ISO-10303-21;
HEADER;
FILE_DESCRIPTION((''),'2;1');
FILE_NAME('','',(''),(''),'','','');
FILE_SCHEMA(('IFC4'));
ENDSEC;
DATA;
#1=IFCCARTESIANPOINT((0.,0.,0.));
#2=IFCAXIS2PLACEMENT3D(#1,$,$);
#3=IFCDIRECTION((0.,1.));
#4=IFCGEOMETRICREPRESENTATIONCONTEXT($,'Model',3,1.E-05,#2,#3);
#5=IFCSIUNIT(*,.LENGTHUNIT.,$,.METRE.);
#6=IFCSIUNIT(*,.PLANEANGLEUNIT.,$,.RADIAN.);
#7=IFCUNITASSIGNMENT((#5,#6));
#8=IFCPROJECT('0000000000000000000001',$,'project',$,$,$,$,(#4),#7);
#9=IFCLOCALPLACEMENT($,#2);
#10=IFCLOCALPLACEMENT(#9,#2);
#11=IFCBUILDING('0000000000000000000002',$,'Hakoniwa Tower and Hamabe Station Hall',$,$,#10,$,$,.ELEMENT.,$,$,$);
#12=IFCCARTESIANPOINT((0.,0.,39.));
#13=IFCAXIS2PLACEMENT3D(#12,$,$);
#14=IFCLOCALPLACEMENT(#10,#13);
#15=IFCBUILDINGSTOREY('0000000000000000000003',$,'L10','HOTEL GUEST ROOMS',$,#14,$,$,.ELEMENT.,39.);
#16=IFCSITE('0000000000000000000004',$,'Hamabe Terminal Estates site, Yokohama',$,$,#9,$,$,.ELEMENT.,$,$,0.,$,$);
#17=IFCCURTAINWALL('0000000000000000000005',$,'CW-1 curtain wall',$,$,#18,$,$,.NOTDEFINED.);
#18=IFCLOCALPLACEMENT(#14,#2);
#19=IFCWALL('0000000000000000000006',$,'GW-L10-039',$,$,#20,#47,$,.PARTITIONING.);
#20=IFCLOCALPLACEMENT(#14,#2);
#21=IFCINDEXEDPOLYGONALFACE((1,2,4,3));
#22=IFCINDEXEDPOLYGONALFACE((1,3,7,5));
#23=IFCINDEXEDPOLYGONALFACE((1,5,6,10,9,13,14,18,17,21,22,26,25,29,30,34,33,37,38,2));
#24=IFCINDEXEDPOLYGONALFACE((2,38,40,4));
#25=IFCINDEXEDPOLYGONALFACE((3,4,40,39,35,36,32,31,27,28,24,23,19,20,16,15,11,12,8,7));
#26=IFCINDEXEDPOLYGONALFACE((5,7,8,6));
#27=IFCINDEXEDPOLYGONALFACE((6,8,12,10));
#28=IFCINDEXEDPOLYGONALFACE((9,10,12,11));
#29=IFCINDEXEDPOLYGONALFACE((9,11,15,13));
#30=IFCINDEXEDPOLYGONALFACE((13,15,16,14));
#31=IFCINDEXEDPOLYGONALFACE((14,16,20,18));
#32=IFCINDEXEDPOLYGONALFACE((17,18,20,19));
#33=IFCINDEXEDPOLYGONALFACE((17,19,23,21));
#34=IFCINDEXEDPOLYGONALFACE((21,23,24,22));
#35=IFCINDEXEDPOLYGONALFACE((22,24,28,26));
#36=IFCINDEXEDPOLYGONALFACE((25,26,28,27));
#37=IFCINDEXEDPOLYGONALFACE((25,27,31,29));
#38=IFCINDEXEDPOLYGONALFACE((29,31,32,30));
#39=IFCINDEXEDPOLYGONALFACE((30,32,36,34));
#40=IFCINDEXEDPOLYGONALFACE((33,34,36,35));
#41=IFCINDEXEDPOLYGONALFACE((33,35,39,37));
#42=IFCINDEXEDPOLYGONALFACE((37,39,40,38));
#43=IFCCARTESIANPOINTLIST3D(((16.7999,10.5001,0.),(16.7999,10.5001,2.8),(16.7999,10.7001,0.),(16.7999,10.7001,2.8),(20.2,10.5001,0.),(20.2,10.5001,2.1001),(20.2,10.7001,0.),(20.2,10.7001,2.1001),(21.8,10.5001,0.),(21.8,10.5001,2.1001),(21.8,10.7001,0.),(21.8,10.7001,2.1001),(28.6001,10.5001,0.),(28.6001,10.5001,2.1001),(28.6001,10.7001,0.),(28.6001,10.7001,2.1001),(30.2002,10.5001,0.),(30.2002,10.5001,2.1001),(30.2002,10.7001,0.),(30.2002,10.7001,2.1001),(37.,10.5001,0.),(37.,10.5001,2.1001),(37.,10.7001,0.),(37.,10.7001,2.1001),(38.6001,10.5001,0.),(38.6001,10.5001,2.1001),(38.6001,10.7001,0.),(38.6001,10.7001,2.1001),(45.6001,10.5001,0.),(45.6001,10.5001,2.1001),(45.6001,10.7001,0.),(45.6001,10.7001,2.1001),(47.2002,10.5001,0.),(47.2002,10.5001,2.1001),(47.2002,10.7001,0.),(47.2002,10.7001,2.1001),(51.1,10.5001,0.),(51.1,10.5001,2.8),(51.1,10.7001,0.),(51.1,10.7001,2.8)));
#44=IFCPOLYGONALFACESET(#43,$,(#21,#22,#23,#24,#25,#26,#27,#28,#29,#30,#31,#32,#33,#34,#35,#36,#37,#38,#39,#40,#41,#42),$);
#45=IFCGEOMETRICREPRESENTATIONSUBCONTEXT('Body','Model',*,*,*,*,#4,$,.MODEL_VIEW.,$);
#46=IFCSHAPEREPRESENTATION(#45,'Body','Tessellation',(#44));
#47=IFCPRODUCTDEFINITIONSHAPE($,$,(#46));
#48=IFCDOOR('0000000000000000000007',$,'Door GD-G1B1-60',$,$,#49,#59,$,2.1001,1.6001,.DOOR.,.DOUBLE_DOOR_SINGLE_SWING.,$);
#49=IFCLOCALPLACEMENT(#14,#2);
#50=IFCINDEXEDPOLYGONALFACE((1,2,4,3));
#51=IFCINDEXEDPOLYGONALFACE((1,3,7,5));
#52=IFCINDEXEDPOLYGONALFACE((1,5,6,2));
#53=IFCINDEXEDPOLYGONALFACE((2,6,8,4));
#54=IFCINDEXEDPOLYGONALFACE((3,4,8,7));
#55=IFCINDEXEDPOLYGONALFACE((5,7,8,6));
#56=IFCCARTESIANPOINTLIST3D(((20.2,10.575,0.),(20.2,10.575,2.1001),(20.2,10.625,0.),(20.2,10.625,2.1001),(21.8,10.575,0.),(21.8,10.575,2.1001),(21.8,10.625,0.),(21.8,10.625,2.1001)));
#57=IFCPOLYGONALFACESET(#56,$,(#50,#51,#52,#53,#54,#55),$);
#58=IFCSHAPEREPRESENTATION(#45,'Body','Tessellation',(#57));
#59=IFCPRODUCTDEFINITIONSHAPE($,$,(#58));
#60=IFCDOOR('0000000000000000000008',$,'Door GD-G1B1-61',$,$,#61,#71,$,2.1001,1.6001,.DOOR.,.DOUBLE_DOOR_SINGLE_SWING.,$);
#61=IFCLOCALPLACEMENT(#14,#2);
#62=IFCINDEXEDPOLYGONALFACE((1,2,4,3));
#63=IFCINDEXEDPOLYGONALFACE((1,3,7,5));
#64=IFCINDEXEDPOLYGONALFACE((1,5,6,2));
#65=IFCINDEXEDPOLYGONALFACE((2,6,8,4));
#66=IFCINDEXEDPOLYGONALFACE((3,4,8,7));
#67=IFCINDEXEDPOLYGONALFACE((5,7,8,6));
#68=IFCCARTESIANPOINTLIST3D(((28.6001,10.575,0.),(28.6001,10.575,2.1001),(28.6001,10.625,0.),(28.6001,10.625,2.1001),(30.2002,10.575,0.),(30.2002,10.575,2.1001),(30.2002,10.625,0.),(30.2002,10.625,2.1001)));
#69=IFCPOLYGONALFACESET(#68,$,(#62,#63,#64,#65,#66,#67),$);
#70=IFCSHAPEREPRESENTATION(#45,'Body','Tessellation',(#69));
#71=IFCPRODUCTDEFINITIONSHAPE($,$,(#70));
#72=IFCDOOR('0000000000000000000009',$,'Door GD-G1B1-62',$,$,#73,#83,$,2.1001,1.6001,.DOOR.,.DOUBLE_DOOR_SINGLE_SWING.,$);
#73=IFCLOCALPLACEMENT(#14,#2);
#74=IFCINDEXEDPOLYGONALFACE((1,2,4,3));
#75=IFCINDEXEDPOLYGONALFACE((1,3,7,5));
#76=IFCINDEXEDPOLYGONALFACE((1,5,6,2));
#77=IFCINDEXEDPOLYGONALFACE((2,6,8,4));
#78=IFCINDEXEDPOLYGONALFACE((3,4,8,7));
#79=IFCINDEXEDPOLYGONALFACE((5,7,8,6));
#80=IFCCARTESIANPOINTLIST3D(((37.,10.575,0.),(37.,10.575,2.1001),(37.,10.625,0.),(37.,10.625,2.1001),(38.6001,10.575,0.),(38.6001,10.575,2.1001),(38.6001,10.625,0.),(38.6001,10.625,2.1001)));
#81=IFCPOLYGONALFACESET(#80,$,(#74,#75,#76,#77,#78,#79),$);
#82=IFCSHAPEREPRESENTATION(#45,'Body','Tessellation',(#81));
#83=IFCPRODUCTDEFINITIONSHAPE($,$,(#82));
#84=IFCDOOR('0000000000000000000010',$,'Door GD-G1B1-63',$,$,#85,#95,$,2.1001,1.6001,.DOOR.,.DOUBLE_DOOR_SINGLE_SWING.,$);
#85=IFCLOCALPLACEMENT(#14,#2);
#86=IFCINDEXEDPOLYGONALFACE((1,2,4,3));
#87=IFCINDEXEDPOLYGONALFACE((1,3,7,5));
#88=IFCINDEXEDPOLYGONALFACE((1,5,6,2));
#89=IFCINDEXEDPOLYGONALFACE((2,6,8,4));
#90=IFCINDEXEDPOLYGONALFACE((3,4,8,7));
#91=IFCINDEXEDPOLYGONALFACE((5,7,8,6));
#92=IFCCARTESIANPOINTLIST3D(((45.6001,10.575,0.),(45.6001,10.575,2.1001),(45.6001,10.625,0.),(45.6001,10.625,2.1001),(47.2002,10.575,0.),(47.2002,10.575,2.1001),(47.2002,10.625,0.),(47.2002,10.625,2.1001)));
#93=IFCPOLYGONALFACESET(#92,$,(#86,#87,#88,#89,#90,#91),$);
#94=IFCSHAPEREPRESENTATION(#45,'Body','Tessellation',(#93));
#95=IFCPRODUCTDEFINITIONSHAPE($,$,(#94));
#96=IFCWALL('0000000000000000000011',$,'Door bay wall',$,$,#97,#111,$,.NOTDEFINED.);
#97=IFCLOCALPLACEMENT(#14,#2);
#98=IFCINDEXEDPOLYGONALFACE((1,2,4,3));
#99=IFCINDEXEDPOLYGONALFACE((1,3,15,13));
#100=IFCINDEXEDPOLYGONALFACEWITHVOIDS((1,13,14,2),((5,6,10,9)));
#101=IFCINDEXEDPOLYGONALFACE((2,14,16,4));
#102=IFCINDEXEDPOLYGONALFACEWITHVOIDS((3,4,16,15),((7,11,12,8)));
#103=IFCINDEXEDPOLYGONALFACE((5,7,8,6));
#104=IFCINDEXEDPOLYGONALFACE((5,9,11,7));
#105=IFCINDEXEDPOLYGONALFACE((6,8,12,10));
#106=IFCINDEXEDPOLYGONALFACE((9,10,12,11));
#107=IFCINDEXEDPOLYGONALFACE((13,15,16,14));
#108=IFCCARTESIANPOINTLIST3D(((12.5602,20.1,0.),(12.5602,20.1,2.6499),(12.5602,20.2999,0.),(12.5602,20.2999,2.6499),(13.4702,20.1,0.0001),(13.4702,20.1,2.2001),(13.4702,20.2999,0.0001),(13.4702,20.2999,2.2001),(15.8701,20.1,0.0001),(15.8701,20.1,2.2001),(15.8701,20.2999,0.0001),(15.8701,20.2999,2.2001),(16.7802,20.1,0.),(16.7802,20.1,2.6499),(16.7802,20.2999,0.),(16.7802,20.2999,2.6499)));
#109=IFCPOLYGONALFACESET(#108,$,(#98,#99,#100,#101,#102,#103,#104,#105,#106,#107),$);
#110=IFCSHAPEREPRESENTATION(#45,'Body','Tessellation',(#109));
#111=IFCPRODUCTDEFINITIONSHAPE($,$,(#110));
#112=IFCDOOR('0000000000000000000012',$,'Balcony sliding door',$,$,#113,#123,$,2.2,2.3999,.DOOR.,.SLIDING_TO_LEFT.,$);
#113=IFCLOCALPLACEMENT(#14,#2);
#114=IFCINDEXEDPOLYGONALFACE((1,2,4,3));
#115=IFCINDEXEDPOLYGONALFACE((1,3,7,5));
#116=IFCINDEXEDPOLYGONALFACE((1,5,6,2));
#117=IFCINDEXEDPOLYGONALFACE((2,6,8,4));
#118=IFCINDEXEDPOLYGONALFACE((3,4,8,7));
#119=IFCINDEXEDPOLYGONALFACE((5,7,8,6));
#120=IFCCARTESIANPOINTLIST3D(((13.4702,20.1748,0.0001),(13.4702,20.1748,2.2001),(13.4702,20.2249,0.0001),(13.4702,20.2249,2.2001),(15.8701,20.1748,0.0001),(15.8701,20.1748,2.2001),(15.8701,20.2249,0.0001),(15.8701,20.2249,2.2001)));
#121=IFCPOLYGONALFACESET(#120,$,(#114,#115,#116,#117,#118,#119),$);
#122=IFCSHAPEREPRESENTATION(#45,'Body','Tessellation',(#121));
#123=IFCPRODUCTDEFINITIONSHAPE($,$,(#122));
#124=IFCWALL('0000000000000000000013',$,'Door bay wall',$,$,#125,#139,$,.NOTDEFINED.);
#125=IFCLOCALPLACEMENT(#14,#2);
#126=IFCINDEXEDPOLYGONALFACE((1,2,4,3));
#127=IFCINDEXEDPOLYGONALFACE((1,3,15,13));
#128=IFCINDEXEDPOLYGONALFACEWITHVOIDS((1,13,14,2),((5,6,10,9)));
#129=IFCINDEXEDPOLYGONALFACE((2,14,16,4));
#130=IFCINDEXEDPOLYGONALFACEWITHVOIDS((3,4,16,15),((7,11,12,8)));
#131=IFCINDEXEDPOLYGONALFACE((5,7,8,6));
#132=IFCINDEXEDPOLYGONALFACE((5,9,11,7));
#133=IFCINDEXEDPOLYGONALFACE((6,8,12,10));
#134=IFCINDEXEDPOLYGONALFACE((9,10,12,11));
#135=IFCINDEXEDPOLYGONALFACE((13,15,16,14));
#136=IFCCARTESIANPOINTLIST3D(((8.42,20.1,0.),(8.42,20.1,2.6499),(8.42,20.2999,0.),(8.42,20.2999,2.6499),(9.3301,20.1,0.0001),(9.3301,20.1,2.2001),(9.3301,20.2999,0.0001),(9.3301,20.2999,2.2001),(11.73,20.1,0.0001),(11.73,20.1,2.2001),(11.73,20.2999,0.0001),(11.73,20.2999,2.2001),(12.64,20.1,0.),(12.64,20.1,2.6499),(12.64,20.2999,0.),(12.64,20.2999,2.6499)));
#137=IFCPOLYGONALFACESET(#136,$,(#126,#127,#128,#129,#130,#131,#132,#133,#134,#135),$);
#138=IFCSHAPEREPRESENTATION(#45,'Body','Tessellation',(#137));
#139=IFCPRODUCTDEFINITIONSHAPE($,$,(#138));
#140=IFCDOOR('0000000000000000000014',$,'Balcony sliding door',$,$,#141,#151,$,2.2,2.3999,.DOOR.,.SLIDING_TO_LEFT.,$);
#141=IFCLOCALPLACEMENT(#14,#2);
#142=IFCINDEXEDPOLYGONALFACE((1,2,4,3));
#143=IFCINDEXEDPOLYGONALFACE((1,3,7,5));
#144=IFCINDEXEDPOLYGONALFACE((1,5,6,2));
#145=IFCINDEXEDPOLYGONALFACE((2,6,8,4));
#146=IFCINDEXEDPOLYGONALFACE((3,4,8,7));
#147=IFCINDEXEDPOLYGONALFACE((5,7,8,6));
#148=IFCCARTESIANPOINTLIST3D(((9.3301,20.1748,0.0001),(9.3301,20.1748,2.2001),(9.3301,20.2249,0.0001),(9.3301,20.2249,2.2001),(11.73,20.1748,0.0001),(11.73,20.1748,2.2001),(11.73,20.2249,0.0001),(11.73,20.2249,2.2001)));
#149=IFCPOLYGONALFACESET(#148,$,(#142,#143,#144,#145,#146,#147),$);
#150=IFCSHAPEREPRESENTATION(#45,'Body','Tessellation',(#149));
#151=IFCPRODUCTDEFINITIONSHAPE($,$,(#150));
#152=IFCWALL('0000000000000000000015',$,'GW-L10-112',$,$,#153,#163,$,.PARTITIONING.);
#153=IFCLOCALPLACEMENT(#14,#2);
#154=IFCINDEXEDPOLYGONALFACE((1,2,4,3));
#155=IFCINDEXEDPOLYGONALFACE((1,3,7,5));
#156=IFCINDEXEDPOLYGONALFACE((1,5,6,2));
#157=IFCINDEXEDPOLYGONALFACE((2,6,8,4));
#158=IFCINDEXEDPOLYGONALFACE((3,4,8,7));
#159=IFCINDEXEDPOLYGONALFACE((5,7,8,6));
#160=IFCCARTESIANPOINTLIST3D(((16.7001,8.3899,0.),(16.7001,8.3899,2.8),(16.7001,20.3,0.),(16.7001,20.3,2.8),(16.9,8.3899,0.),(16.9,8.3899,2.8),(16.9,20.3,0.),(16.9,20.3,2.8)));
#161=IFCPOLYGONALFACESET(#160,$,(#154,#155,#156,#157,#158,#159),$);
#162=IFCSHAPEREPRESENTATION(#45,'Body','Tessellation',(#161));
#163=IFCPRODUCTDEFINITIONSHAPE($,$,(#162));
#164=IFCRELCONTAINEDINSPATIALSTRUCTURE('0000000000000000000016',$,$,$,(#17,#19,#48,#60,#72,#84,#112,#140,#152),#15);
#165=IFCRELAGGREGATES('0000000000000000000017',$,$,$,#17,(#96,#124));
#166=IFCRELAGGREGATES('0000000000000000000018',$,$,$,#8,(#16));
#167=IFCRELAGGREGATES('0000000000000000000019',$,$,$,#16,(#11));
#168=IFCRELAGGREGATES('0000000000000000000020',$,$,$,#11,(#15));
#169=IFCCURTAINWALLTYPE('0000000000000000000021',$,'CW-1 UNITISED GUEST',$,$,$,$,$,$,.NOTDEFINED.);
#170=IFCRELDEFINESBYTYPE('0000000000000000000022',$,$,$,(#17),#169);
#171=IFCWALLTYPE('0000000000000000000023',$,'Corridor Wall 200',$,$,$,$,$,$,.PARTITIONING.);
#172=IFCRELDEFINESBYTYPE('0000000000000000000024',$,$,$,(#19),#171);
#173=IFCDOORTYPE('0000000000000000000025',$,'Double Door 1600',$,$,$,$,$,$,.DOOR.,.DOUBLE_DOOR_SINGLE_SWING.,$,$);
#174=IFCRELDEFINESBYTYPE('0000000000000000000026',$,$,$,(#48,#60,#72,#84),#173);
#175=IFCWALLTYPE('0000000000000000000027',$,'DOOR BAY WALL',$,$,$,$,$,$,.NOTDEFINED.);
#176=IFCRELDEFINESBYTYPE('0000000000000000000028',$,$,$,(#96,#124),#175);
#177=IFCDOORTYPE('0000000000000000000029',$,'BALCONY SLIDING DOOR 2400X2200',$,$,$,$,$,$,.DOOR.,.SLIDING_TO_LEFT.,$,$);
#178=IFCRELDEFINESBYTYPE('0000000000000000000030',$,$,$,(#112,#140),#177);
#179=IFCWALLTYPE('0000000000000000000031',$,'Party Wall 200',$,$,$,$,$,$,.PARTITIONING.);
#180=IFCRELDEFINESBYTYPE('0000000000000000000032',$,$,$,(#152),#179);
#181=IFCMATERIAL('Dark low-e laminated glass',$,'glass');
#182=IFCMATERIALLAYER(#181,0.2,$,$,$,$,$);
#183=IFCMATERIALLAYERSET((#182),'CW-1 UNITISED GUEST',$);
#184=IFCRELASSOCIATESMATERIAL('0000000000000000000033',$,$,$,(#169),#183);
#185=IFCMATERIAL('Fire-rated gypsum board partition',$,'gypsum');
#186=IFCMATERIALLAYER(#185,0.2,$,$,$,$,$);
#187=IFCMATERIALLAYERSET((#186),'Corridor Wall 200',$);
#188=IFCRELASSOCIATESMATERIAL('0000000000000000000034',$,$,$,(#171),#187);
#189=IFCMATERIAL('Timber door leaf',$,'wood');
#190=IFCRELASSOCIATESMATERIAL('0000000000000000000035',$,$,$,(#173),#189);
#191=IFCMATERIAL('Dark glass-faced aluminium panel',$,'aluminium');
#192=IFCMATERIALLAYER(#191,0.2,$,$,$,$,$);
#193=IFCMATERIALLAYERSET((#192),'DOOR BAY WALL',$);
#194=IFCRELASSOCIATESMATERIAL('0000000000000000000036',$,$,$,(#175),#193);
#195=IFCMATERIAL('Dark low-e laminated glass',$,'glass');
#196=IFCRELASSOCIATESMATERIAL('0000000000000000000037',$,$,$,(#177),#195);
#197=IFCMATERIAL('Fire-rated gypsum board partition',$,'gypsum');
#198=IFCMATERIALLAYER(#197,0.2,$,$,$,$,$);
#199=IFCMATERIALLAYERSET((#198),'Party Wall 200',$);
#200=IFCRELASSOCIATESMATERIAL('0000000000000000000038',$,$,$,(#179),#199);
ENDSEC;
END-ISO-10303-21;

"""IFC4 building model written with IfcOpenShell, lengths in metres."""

from ifc_helpers import new_model, si_unit, direction, frame, frame_2d, origin, place, context, subcontext, project, spatial, rectangle, extrude, material, layer, layer_set, type_object, element, fill, aggregate, save


model = new_model("IFC4")

# Units and contexts
model_context = context("Model", 3, precision=1e-05, world=origin(), true_north=direction((0.0, 1.0)))
body_context = subcontext(model_context, "Body", "Model", "MODEL_VIEW")
ifc_project = project(units=[si_unit("LENGTHUNIT", "METRE"), si_unit("PLANEANGLEUNIT", "RADIAN")], contexts=[model_context])

# Site, building, storey
site_placement = place(None, origin())
site = spatial("IfcSite", under=ifc_project, at=site_placement, Name="Hamabe Terminal Estates site, Yokohama", CompositionType="ELEMENT", RefElevation=0.0)
building_placement = place(site_placement, origin())
building = spatial("IfcBuilding", under=site, at=building_placement, Name="Hakoniwa Tower and Hamabe Station Hall", CompositionType="ELEMENT")
storey_placement = place(building_placement, frame((0.0, 0.0, 39.0)))
storey = spatial("IfcBuildingStorey", under=building, at=storey_placement, Name="L10", Description="HOTEL GUEST ROOMS", CompositionType="ELEMENT", Elevation=39.0)

# Curtain wall
ifc_material_1 = material(Name="Dark low-e laminated glass", Category="glass")
ifc_layer_1 = layer(ifc_material_1, 0.2)
ifc_layer_set_1 = layer_set([ifc_layer_1], Name="CW-1 UNITISED GUEST")
curtain_wall_type = type_object("IfcCurtainWallType", Name="CW-1 UNITISED GUEST", PredefinedType="NOTDEFINED", material=ifc_layer_set_1)
curtain_wall_placement = place(storey_placement, origin())
curtain_wall = element("IfcCurtainWall", 1, at=curtain_wall_placement, inside=storey, type_object=curtain_wall_type, Name="CW-1 curtain wall", PredefinedType="NOTDEFINED")

# Wall, openings, doors
ifc_material_2 = material(Name="Fire-rated gypsum board partition", Category="gypsum")
ifc_layer_2 = layer(ifc_material_2, 0.2)
ifc_layer_set_2 = layer_set([ifc_layer_2], Name="Corridor Wall 200")
wall_type_1 = type_object("IfcWallType", Name="Corridor Wall 200", PredefinedType="PARTITIONING", material=ifc_layer_set_2)
wall_1_placement = place(storey_placement, frame((16.8, 10.6001, 0.0), z_axis=(0.0, 0.0, 1.0), x_axis=(1.0, 0.0, 0.0)))
wall_1 = element("IfcWall", 2, at=wall_1_placement, inside=storey, type_object=wall_type_1, Name="GW-L10-039", PredefinedType="PARTITIONING", context=body_context, shape_type="SweptSolid", body=[
    extrude(rectangle(XDim=34.3, YDim=0.2, at=frame_2d((17.1499, 0.0))), origin(), (0.0, 0.0, 1.0), 2.8),
])
opening_1_placement = place(wall_1_placement, frame((3.3999, 0.0, 0.0)))
opening_1 = element("IfcOpeningElement", 3, at=opening_1_placement, cuts=wall_1, PredefinedType="OPENING", context=body_context, shape_type="SweptSolid", body=[
    extrude(rectangle(XDim=1.6001, YDim=2.1001, at=frame_2d((0.8, 1.05))), frame((0.0, 0.1099, 0.0), z_axis=(0.0, -1.0, 0.0), x_axis=(1.0, 0.0, 0.0)), (0.0, 0.0, 1.0), 0.22),
])
opening_2_placement = place(wall_1_placement, frame((11.8, 0.0, 0.0)))
opening_2 = element("IfcOpeningElement", 4, at=opening_2_placement, cuts=wall_1, PredefinedType="OPENING", context=body_context, shape_type="SweptSolid", body=[
    extrude(rectangle(XDim=1.6001, YDim=2.1001, at=frame_2d((0.8, 1.05))), frame((0.0, 0.1099, 0.0), z_axis=(0.0, -1.0, 0.0), x_axis=(1.0, 0.0, 0.0)), (0.0, 0.0, 1.0), 0.22),
])
opening_3_placement = place(wall_1_placement, frame((20.2, 0.0, 0.0)))
opening_3 = element("IfcOpeningElement", 5, at=opening_3_placement, cuts=wall_1, PredefinedType="OPENING", context=body_context, shape_type="SweptSolid", body=[
    extrude(rectangle(XDim=1.6001, YDim=2.1001, at=frame_2d((0.8, 1.05))), frame((0.0, 0.1099, 0.0), z_axis=(0.0, -1.0, 0.0), x_axis=(1.0, 0.0, 0.0)), (0.0, 0.0, 1.0), 0.22),
])
opening_4_placement = place(wall_1_placement, frame((28.8, 0.0, 0.0)))
opening_4 = element("IfcOpeningElement", 6, at=opening_4_placement, cuts=wall_1, PredefinedType="OPENING", context=body_context, shape_type="SweptSolid", body=[
    extrude(rectangle(XDim=1.6001, YDim=2.1001, at=frame_2d((0.8, 1.05))), frame((0.0, 0.1099, 0.0), z_axis=(0.0, -1.0, 0.0), x_axis=(1.0, 0.0, 0.0)), (0.0, 0.0, 1.0), 0.22),
])
ifc_material_3 = material(Name="Timber door leaf", Category="wood")
door_type_1 = type_object("IfcDoorType", Name="Double Door 1600", OperationType="DOUBLE_DOOR_SINGLE_SWING", PredefinedType="DOOR", material=ifc_material_3)
door_1_placement = place(opening_1_placement, origin())
door_1 = element("IfcDoor", 7, at=door_1_placement, inside=storey, type_object=door_type_1, Name="Door GD-G1B1-60", OperationType="DOUBLE_DOOR_SINGLE_SWING", OverallHeight=2.1001, OverallWidth=1.6001, PredefinedType="DOOR", context=body_context, shape_type="SweptSolid", body=[
    extrude(rectangle(XDim=1.6001, YDim=2.1001, at=frame_2d((0.8, 1.05))), frame((0.0, 0.0249, 0.0), z_axis=(0.0, -1.0, 0.0), x_axis=(1.0, 0.0, 0.0)), (0.0, 0.0, 1.0), 0.05),
])
fill(opening_1, door_1)
door_2_placement = place(opening_2_placement, origin())
door_2 = element("IfcDoor", 8, at=door_2_placement, inside=storey, type_object=door_type_1, Name="Door GD-G1B1-61", OperationType="DOUBLE_DOOR_SINGLE_SWING", OverallHeight=2.1001, OverallWidth=1.6001, PredefinedType="DOOR", context=body_context, shape_type="SweptSolid", body=[
    extrude(rectangle(XDim=1.6001, YDim=2.1001, at=frame_2d((0.8, 1.05))), frame((0.0, 0.0249, 0.0), z_axis=(0.0, -1.0, 0.0), x_axis=(1.0, 0.0, 0.0)), (0.0, 0.0, 1.0), 0.05),
])
fill(opening_2, door_2)
door_3_placement = place(opening_3_placement, origin())
door_3 = element("IfcDoor", 9, at=door_3_placement, inside=storey, type_object=door_type_1, Name="Door GD-G1B1-62", OperationType="DOUBLE_DOOR_SINGLE_SWING", OverallHeight=2.1001, OverallWidth=1.6001, PredefinedType="DOOR", context=body_context, shape_type="SweptSolid", body=[
    extrude(rectangle(XDim=1.6001, YDim=2.1001, at=frame_2d((0.8, 1.05))), frame((0.0, 0.0249, 0.0), z_axis=(0.0, -1.0, 0.0), x_axis=(1.0, 0.0, 0.0)), (0.0, 0.0, 1.0), 0.05),
])
fill(opening_3, door_3)
door_4_placement = place(opening_4_placement, origin())
door_4 = element("IfcDoor", 10, at=door_4_placement, inside=storey, type_object=door_type_1, Name="Door GD-G1B1-63", OperationType="DOUBLE_DOOR_SINGLE_SWING", OverallHeight=2.1001, OverallWidth=1.6001, PredefinedType="DOOR", context=body_context, shape_type="SweptSolid", body=[
    extrude(rectangle(XDim=1.6001, YDim=2.1001, at=frame_2d((0.8, 1.05))), frame((0.0, 0.0249, 0.0), z_axis=(0.0, -1.0, 0.0), x_axis=(1.0, 0.0, 0.0)), (0.0, 0.0, 1.0), 0.05),
])
fill(opening_4, door_4)

# Walls, openings, doors
ifc_material_4 = material(Name="Dark glass-faced aluminium panel", Category="aluminium")
ifc_layer_3 = layer(ifc_material_4, 0.2)
ifc_layer_set_3 = layer_set([ifc_layer_3], Name="DOOR BAY WALL")
wall_type_2 = type_object("IfcWallType", Name="DOOR BAY WALL", PredefinedType="NOTDEFINED", material=ifc_layer_set_3)
wall_2_placement = place(storey_placement, frame((16.78, 20.2, 0.0), z_axis=(0.0, 0.0, 1.0), x_axis=(-1.0, 0.0, 0.0)))
wall_2 = element("IfcWall", 11, at=wall_2_placement, type_object=wall_type_2, Name="Door bay wall", PredefinedType="NOTDEFINED", context=body_context, shape_type="SweptSolid", body=[
    extrude(rectangle(XDim=4.22, YDim=0.2, at=frame_2d((2.1099, 0.0))), origin(), (0.0, 0.0, 1.0), 2.6499),
])
opening_5_placement = place(wall_2_placement, frame((0.9099, 0.0, 0.0)))
opening_5 = element("IfcOpeningElement", 12, at=opening_5_placement, cuts=wall_2, PredefinedType="OPENING", context=body_context, shape_type="SweptSolid", body=[
    extrude(rectangle(XDim=2.3999, YDim=2.2, at=frame_2d((1.2, 1.1001))), frame((0.0, 0.1099, 0.0), z_axis=(0.0, -1.0, 0.0), x_axis=(1.0, 0.0, 0.0)), (0.0, 0.0, 1.0), 0.22),
])
ifc_material_5 = material(Name="Dark low-e laminated glass", Category="glass")
door_type_2 = type_object("IfcDoorType", Name="BALCONY SLIDING DOOR 2400X2200", OperationType="SLIDING_TO_LEFT", PredefinedType="DOOR", material=ifc_material_5)
door_5_placement = place(opening_5_placement, frame((2.3999, 0.0, 0.0), z_axis=(0.0, 0.0, 1.0), x_axis=(-1.0, 0.0, 0.0)))
door_5 = element("IfcDoor", 13, at=door_5_placement, inside=storey, type_object=door_type_2, Name="Balcony sliding door", OperationType="SLIDING_TO_LEFT", OverallHeight=2.2, OverallWidth=2.3999, PredefinedType="DOOR", context=body_context, shape_type="SweptSolid", body=[
    extrude(rectangle(XDim=2.3999, YDim=2.2, at=frame_2d((1.2, 1.1001))), frame((0.0, 0.0249, 0.0), z_axis=(0.0, -1.0, 0.0), x_axis=(1.0, 0.0, 0.0)), (0.0, 0.0, 1.0), 0.05),
])
fill(opening_5, door_5)
wall_3_placement = place(storey_placement, frame((12.6399, 20.2, 0.0), z_axis=(0.0, 0.0, 1.0), x_axis=(-1.0, 0.0, 0.0)))
wall_3 = element("IfcWall", 14, at=wall_3_placement, type_object=wall_type_2, Name="Door bay wall", PredefinedType="NOTDEFINED", context=body_context, shape_type="SweptSolid", body=[
    extrude(rectangle(XDim=4.22, YDim=0.2, at=frame_2d((2.1099, 0.0))), origin(), (0.0, 0.0, 1.0), 2.6499),
])
opening_6_placement = place(wall_3_placement, frame((0.9099, 0.0, 0.0)))
opening_6 = element("IfcOpeningElement", 15, at=opening_6_placement, cuts=wall_3, PredefinedType="OPENING", context=body_context, shape_type="SweptSolid", body=[
    extrude(rectangle(XDim=2.3999, YDim=2.2, at=frame_2d((1.2, 1.1001))), frame((0.0, 0.1099, 0.0), z_axis=(0.0, -1.0, 0.0), x_axis=(1.0, 0.0, 0.0)), (0.0, 0.0, 1.0), 0.22),
])
door_6_placement = place(opening_6_placement, frame((2.3999, 0.0, 0.0), z_axis=(0.0, 0.0, 1.0), x_axis=(-1.0, 0.0, 0.0)))
door_6 = element("IfcDoor", 16, at=door_6_placement, inside=storey, type_object=door_type_2, Name="Balcony sliding door", OperationType="SLIDING_TO_LEFT", OverallHeight=2.2, OverallWidth=2.3999, PredefinedType="DOOR", context=body_context, shape_type="SweptSolid", body=[
    extrude(rectangle(XDim=2.3999, YDim=2.2, at=frame_2d((1.2, 1.1001))), frame((0.0, 0.0249, 0.0), z_axis=(0.0, -1.0, 0.0), x_axis=(1.0, 0.0, 0.0)), (0.0, 0.0, 1.0), 0.05),
])
fill(opening_6, door_6)
aggregate(curtain_wall, [wall_2, wall_3])

# Wall
ifc_material_6 = material(Name="Fire-rated gypsum board partition", Category="gypsum")
ifc_layer_4 = layer(ifc_material_6, 0.2)
ifc_layer_set_4 = layer_set([ifc_layer_4], Name="Party Wall 200")
wall_type_3 = type_object("IfcWallType", Name="Party Wall 200", PredefinedType="PARTITIONING", material=ifc_layer_set_4)
wall_4_placement = place(storey_placement, frame((16.8, 8.3899, 0.0), z_axis=(0.0, 0.0, 1.0), x_axis=(0.0, 1.0, 0.0)))
element("IfcWall", 17, at=wall_4_placement, inside=storey, type_object=wall_type_3, Name="GW-L10-112", PredefinedType="PARTITIONING", context=body_context, shape_type="SweptSolid", body=[
    extrude(rectangle(XDim=11.9102, YDim=0.2, at=frame_2d((5.9551, 0.0))), origin(), (0.0, 0.0, 1.0), 2.8),
])

save(model, "model.ifc")
